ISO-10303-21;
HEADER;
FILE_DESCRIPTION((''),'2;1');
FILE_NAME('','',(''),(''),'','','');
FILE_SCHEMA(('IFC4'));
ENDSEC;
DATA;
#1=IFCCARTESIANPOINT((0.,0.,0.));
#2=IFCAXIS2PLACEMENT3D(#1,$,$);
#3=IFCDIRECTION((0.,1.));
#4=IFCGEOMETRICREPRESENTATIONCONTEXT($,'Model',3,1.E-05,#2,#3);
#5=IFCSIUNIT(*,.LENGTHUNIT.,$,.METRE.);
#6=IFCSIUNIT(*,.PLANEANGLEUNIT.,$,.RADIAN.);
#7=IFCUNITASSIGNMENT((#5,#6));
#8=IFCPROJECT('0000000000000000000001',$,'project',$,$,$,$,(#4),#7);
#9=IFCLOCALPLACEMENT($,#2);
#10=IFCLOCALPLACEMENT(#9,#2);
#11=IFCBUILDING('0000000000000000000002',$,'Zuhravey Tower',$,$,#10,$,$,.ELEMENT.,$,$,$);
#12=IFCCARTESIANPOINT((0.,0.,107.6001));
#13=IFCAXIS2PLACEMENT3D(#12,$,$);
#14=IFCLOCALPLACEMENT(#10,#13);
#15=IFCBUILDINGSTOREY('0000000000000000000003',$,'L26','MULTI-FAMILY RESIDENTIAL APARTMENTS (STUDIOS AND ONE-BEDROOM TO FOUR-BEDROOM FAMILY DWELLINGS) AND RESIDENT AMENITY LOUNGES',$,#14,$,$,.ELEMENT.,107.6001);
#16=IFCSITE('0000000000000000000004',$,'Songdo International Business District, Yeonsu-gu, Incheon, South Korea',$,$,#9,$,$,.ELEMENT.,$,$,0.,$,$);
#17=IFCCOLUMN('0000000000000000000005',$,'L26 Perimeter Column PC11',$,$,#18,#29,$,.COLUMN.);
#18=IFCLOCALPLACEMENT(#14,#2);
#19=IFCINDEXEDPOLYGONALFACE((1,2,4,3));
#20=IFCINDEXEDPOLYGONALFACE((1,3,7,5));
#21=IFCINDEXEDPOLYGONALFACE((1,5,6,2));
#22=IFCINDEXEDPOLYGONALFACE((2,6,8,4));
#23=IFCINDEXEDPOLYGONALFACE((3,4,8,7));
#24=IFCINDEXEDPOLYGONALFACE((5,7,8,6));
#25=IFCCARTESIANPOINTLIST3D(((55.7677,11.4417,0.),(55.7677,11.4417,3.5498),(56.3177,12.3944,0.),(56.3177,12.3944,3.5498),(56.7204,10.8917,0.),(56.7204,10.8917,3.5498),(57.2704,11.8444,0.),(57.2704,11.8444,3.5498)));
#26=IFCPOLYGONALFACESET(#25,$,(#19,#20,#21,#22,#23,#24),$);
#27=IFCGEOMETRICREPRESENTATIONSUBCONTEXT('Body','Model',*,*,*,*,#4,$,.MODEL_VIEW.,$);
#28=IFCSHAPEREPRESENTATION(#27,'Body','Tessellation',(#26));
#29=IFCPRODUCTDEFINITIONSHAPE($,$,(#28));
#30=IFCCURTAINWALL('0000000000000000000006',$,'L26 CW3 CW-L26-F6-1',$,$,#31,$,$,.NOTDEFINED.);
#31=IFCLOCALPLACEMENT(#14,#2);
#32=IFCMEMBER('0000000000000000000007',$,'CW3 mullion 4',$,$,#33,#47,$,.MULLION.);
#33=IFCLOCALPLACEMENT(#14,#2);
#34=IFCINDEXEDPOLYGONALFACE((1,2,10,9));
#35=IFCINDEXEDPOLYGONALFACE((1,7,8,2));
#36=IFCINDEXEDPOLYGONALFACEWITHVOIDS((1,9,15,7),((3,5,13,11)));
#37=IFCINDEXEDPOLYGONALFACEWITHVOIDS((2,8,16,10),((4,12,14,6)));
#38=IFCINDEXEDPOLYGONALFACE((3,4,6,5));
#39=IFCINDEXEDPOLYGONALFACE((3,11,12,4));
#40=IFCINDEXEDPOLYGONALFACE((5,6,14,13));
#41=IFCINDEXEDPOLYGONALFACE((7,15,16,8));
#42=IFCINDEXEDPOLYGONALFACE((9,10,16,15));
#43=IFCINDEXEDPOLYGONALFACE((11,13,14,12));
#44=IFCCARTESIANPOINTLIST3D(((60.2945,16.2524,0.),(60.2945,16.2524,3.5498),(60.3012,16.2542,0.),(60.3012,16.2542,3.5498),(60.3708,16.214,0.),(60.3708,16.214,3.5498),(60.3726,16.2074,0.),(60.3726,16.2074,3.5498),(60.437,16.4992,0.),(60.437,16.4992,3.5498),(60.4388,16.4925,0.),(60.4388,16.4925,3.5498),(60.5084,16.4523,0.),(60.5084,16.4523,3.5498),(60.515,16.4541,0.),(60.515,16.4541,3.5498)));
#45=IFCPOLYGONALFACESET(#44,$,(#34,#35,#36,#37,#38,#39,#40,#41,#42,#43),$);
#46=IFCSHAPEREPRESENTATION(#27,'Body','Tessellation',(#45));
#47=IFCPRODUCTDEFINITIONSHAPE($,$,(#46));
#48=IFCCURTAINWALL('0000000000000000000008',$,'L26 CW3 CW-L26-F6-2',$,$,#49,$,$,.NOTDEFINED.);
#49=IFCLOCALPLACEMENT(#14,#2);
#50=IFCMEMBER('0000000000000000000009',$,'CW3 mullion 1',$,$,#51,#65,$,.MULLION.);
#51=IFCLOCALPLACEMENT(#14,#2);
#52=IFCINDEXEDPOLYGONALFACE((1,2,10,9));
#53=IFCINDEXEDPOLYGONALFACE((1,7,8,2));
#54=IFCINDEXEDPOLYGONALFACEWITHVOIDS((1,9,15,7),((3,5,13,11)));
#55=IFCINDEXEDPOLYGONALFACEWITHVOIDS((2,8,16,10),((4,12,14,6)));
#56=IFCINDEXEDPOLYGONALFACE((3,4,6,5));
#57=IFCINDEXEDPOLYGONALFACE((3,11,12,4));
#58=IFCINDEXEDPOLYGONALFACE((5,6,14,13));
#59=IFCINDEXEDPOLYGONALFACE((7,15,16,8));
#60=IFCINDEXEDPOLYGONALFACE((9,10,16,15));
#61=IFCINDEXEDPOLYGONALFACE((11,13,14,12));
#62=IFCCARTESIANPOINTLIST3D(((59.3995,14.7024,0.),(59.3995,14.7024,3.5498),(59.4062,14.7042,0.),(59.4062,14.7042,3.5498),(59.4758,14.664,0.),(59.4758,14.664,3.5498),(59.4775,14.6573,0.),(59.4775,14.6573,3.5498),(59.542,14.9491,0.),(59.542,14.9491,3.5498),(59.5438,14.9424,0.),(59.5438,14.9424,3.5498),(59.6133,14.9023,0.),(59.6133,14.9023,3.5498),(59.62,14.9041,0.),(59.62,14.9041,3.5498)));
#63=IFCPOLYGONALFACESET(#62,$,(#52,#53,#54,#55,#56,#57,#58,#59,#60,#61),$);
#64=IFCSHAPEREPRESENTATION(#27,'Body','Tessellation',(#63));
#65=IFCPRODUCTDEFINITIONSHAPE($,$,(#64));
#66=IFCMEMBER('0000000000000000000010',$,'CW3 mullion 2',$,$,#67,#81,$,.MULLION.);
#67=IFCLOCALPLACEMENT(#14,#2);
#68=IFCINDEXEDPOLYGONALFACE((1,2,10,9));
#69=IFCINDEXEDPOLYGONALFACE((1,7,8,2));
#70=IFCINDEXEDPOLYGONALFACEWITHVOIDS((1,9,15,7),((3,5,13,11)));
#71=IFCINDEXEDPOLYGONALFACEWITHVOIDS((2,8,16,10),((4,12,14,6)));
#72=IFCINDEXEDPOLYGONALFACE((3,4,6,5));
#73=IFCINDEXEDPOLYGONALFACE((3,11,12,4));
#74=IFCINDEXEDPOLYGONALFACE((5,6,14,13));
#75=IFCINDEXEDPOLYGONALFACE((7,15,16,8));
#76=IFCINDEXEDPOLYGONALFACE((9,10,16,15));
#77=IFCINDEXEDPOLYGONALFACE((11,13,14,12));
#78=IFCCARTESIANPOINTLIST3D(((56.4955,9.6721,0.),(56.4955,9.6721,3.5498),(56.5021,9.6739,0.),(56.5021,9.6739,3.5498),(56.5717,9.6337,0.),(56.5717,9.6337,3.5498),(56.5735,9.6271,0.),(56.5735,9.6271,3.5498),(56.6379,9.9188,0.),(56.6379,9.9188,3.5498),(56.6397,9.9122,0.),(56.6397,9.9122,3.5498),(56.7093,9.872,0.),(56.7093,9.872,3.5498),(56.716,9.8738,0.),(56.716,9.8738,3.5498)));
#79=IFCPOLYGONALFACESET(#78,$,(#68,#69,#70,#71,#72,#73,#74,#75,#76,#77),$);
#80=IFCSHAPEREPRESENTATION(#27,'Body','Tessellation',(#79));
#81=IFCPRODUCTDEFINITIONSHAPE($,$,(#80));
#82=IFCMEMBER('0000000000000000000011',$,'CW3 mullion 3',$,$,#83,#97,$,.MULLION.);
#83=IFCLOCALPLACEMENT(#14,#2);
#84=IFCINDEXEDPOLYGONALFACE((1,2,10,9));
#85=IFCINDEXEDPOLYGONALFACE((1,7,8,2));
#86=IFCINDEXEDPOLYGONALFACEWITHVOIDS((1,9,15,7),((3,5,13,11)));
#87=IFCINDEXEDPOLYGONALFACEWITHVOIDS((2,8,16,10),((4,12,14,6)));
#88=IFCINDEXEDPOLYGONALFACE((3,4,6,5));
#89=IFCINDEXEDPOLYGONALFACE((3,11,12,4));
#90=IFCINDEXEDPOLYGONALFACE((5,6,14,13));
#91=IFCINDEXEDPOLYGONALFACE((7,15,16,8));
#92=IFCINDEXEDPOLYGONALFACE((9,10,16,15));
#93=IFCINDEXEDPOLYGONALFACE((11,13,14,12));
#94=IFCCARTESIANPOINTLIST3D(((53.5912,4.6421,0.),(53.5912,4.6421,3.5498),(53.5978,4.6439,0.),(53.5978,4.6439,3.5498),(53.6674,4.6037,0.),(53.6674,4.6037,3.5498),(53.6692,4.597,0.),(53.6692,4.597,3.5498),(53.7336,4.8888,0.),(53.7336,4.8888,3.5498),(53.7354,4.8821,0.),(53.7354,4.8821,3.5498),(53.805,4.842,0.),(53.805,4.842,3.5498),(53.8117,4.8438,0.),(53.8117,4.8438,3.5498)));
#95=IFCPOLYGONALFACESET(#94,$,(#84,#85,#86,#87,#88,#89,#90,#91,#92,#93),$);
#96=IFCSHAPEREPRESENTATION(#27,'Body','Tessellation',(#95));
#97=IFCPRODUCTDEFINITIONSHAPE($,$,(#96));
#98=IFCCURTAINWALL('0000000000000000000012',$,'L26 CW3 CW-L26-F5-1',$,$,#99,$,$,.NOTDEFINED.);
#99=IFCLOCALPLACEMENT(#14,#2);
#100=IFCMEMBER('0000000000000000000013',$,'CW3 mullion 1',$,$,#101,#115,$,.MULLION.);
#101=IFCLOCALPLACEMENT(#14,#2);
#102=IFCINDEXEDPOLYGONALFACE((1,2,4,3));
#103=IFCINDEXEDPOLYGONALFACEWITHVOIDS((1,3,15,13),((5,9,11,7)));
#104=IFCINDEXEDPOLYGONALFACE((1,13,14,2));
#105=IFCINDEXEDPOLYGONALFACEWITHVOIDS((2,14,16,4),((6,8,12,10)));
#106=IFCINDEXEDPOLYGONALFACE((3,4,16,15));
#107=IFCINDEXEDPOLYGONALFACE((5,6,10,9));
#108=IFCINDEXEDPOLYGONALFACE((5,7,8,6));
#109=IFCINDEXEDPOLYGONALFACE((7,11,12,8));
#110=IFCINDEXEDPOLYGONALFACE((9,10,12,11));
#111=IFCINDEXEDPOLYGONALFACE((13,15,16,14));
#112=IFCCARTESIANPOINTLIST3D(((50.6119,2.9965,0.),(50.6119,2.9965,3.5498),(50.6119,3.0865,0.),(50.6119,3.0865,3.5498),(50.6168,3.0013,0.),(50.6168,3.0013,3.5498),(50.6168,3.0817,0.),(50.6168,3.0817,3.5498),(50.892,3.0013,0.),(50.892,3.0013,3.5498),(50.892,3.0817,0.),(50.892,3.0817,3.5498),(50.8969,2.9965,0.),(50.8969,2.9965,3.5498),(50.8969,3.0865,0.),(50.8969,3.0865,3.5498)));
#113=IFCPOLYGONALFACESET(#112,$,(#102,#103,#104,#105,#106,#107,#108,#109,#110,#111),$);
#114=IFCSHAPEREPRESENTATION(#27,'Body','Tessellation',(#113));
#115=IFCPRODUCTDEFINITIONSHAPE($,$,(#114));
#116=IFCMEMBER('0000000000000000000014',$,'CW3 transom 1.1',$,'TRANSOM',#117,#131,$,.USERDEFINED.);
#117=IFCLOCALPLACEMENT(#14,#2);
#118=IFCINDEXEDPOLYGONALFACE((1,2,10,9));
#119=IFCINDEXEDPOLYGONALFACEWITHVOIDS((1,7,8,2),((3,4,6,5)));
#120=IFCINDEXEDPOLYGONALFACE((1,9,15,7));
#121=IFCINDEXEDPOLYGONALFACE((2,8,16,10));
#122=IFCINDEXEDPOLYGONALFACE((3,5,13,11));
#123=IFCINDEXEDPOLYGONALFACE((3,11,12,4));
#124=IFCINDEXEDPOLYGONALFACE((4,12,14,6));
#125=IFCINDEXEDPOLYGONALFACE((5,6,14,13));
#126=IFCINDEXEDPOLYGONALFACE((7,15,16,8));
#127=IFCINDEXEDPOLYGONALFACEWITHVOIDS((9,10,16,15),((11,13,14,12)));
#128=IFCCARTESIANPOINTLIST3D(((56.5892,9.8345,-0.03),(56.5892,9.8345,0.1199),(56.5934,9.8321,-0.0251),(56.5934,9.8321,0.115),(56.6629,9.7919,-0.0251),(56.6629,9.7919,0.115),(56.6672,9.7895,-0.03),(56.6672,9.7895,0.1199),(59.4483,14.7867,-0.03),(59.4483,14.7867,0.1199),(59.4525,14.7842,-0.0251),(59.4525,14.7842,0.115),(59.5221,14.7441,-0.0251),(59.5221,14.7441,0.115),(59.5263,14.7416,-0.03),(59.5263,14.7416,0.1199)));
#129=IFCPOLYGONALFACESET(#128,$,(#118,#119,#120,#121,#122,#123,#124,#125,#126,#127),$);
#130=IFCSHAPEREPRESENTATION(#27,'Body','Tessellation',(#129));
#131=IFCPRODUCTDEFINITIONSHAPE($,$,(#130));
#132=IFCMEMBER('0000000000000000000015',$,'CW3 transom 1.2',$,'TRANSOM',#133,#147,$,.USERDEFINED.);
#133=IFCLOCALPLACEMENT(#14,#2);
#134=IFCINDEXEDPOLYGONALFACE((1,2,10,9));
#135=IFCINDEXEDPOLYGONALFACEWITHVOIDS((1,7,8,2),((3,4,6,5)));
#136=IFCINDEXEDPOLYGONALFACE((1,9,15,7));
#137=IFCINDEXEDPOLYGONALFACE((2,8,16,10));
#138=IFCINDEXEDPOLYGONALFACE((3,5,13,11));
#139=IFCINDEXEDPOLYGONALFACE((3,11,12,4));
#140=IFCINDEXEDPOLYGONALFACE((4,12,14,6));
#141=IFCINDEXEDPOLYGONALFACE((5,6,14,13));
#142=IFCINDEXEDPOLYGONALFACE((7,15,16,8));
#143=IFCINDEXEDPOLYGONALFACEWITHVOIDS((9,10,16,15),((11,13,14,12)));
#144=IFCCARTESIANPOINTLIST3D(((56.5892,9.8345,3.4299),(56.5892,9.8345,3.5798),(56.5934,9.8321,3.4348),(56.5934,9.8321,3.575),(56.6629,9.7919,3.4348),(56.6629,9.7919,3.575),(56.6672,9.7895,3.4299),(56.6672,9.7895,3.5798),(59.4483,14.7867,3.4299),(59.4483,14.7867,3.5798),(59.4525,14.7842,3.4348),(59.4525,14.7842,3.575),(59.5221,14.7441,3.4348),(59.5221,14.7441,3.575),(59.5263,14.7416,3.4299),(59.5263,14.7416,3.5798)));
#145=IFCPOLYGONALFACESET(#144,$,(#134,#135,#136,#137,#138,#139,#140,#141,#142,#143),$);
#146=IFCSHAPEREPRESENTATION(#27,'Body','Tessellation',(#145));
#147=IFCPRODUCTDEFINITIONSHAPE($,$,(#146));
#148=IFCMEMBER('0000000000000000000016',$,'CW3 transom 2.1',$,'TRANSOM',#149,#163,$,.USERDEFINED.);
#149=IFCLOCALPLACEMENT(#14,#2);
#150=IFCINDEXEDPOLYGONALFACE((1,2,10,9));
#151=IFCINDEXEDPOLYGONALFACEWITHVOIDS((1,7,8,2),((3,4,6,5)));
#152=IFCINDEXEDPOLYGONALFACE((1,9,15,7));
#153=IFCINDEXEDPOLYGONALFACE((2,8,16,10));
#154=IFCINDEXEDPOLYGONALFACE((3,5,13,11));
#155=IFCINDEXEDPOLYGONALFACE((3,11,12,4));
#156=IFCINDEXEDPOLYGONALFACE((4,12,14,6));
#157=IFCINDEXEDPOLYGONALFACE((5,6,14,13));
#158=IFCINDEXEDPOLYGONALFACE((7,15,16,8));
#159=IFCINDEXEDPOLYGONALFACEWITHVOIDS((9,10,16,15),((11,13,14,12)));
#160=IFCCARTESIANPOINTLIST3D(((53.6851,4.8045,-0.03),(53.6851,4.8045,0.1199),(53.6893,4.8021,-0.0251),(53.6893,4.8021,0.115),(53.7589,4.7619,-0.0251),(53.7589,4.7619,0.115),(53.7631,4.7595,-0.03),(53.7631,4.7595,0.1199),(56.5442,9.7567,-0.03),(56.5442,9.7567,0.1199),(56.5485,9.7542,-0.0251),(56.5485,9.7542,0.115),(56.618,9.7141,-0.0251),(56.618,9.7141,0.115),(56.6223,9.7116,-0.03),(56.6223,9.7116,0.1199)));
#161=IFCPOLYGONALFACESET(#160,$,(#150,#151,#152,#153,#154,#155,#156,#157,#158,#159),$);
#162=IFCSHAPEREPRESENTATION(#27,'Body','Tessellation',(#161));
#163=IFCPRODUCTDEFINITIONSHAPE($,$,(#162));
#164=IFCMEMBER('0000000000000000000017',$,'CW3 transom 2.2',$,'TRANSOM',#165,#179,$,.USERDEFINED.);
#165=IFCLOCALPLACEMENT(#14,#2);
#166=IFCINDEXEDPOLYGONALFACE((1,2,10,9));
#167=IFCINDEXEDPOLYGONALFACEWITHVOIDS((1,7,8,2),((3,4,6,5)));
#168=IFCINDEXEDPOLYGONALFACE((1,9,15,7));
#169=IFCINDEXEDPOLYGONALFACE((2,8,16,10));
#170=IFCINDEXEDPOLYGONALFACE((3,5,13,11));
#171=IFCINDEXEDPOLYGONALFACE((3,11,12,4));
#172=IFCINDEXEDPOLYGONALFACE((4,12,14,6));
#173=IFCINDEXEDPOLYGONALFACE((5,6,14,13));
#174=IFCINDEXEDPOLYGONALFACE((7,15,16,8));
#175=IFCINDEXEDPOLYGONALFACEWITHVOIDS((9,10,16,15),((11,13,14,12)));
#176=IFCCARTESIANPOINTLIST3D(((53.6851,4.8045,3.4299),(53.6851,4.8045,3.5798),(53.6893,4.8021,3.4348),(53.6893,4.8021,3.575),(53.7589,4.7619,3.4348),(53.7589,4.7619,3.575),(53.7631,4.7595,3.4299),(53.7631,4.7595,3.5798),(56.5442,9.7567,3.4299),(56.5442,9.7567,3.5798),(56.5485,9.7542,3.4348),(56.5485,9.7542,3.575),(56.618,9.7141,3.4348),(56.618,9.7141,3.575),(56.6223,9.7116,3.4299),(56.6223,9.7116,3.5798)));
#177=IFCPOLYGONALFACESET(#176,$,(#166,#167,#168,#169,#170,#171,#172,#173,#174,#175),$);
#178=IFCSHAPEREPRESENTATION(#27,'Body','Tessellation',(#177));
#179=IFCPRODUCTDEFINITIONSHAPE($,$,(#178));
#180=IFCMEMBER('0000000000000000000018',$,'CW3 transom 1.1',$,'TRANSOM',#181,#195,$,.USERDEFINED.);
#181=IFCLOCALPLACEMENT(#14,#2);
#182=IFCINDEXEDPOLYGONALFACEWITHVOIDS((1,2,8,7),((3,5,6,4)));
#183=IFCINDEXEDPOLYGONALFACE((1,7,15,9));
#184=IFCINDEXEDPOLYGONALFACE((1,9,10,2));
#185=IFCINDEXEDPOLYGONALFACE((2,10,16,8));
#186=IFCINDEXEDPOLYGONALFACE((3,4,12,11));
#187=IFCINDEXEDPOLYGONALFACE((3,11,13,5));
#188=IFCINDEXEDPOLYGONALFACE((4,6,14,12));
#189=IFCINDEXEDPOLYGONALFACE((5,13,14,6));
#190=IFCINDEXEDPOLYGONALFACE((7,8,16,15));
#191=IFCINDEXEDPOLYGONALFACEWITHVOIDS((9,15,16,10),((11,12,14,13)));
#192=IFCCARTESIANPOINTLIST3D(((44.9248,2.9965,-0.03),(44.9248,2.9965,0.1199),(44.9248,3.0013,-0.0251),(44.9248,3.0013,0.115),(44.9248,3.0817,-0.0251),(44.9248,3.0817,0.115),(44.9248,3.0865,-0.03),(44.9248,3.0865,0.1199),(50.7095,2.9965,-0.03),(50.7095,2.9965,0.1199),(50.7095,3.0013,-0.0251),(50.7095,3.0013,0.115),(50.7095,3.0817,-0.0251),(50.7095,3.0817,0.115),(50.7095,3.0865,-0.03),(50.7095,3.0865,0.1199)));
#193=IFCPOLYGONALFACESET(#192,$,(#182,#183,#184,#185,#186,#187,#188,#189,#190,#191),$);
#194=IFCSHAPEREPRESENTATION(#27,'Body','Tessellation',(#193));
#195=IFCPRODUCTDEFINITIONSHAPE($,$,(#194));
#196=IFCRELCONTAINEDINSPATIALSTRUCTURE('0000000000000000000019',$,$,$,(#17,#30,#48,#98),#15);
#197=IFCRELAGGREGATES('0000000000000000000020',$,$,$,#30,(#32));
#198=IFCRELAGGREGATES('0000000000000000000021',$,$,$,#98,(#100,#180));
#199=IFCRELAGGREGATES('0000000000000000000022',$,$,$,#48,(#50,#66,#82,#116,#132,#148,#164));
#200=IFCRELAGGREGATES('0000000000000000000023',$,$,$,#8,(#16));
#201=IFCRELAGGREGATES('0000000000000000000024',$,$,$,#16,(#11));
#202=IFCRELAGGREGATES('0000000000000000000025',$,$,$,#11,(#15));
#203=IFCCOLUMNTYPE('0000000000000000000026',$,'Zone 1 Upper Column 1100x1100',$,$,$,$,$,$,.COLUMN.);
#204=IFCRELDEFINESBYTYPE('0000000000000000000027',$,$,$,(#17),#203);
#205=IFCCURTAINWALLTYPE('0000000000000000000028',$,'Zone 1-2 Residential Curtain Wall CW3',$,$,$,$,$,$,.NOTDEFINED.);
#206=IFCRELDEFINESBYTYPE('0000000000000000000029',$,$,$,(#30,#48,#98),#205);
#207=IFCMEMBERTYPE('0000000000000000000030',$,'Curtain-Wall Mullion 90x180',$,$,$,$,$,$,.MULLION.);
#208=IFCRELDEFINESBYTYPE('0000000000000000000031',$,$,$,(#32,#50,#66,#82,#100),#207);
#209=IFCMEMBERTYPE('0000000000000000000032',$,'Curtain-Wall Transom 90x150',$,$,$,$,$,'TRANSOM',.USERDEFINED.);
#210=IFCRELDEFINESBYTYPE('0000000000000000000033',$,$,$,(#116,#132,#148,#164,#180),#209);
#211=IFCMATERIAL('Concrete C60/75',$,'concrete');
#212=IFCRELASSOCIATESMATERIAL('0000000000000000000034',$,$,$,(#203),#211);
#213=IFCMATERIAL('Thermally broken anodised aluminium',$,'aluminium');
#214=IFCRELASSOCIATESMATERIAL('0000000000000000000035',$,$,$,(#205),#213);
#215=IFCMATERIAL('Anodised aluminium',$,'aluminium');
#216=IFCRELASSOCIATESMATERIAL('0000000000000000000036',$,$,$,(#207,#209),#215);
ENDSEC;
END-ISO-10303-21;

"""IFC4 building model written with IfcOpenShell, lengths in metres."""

from ifc_helpers import new_model, si_unit, direction, frame, origin, origin_2d, place, context, subcontext, project, spatial, rectangle, hollow_rectangle, extrude, material, material_profile, profile_set, type_object, element, aggregate, save


model = new_model("IFC4")

# Units and contexts
model_context = context("Model", 3, precision=1e-05, world=origin(), true_north=direction((0.0, 1.0)))
body_context = subcontext(model_context, "Body", "Model", "MODEL_VIEW")
ifc_project = project(units=[si_unit("LENGTHUNIT", "METRE"), si_unit("PLANEANGLEUNIT", "RADIAN")], contexts=[model_context])

# Site, building, storey
site_placement = place(None, origin())
site = spatial("IfcSite", under=ifc_project, at=site_placement, Name="Songdo International Business District, Yeonsu-gu, Incheon, South Korea", CompositionType="ELEMENT", RefElevation=0.0)
building_placement = place(site_placement, origin())
building = spatial("IfcBuilding", under=site, at=building_placement, Name="Zuhravey Tower", CompositionType="ELEMENT")
storey_placement = place(building_placement, frame((0.0, 0.0, 107.6001)))
storey = spatial("IfcBuildingStorey", under=building, at=storey_placement, Name="L26", Description="MULTI-FAMILY RESIDENTIAL APARTMENTS (STUDIOS AND ONE-BEDROOM TO FOUR-BEDROOM FAMILY DWELLINGS) AND RESIDENT AMENITY LOUNGES", CompositionType="ELEMENT", Elevation=107.6001)

# Column
ifc_material_1 = material(Name="Concrete C60/75", Category="concrete")
ifc_material_profile_1 = material_profile(ifc_material_1, rectangle(XDim=1.1001, YDim=1.1001, at=origin_2d()), Name="RC-1100x1100")
ifc_profile_set_1 = profile_set([ifc_material_profile_1], Name="Concrete C60/75")
column_type = type_object("IfcColumnType", Name="Zone 1 Upper Column 1100x1100", PredefinedType="COLUMN", material=ifc_profile_set_1)
column_placement = place(storey_placement, frame((56.519, 11.6431, 0.0), z_axis=(0.0, 0.0, 1.0), x_axis=(0.5, 0.866025, 0.0)))
element("IfcColumn", 1, at=column_placement, inside=storey, type_object=column_type, Name="L26 Perimeter Column PC11", PredefinedType="COLUMN", context=body_context, shape_type="SweptSolid", body=[
    extrude(rectangle(XDim=1.1001, YDim=1.1001, at=origin_2d()), origin(), (0.0, 0.0, 1.0), 3.5498),
])

# Curtain wall, member
ifc_material_2 = material(Name="Thermally broken anodised aluminium", Category="aluminium")
curtain_wall_type = type_object("IfcCurtainWallType", Name="Zone 1-2 Residential Curtain Wall CW3", PredefinedType="NOTDEFINED", material=ifc_material_2)
curtain_wall_1_placement = place(storey_placement, origin())
curtain_wall_1 = element("IfcCurtainWall", 2, at=curtain_wall_1_placement, inside=storey, type_object=curtain_wall_type, Name="L26 CW3 CW-L26-F6-1", PredefinedType="NOTDEFINED")
ifc_material_3 = material(Name="Anodised aluminium", Category="aluminium")
ifc_material_profile_2 = material_profile(ifc_material_3, hollow_rectangle(XDim=0.0901, YDim=0.2849, WallThickness=0.0049, at=origin_2d()), Name="ALU-RHS-90x285x5")
ifc_profile_set_2 = profile_set([ifc_material_profile_2], Name="Anodised aluminium")
member_type_1 = type_object("IfcMemberType", Name="Curtain-Wall Mullion 90x180", PredefinedType="MULLION", material=ifc_profile_set_2)
member_1_placement = place(storey_placement, frame((60.4048, 16.3533, 0.0), z_axis=(0.0, 0.0, 1.0), x_axis=(0.866026, -0.499998, 0.0)))
member_1 = element("IfcMember", 3, at=member_1_placement, type_object=member_type_1, Name="CW3 mullion 4", PredefinedType="MULLION", context=body_context, shape_type="SweptSolid", body=[
    extrude(hollow_rectangle(XDim=0.0901, YDim=0.2849, WallThickness=0.0049, at=origin_2d()), origin(), (0.0, 0.0, 1.0), 3.5498),
])
aggregate(curtain_wall_1, [member_1])

# Curtain wall, members
curtain_wall_2_placement = place(storey_placement, origin())
curtain_wall_2 = element("IfcCurtainWall", 4, at=curtain_wall_2_placement, inside=storey, type_object=curtain_wall_type, Name="L26 CW3 CW-L26-F6-2", PredefinedType="NOTDEFINED")
member_2_placement = place(storey_placement, frame((59.5098, 14.8032, 0.0), z_axis=(0.0, 0.0, 1.0), x_axis=(0.866023, -0.500004, 0.0)))
member_2 = element("IfcMember", 5, at=member_2_placement, type_object=member_type_1, Name="CW3 mullion 1", PredefinedType="MULLION", context=body_context, shape_type="SweptSolid", body=[
    extrude(hollow_rectangle(XDim=0.0901, YDim=0.2849, WallThickness=0.0049, at=origin_2d()), origin(), (0.0, 0.0, 1.0), 3.5498),
])
member_3_placement = place(storey_placement, frame((56.6057, 9.7729, 0.0), z_axis=(0.0, 0.0, 1.0), x_axis=(0.866023, -0.500004, 0.0)))
member_3 = element("IfcMember", 6, at=member_3_placement, type_object=member_type_1, Name="CW3 mullion 2", PredefinedType="MULLION", context=body_context, shape_type="SweptSolid", body=[
    extrude(hollow_rectangle(XDim=0.0901, YDim=0.2849, WallThickness=0.0049, at=origin_2d()), origin(), (0.0, 0.0, 1.0), 3.5498),
])
member_4_placement = place(storey_placement, frame((53.7014, 4.7429, 0.0), z_axis=(0.0, 0.0, 1.0), x_axis=(0.866023, -0.500004, 0.0)))
member_4 = element("IfcMember", 7, at=member_4_placement, type_object=member_type_1, Name="CW3 mullion 3", PredefinedType="MULLION", context=body_context, shape_type="SweptSolid", body=[
    extrude(hollow_rectangle(XDim=0.0901, YDim=0.2849, WallThickness=0.0049, at=origin_2d()), origin(), (0.0, 0.0, 1.0), 3.5498),
])

# Curtain wall, member
curtain_wall_3_placement = place(storey_placement, origin())
curtain_wall_3 = element("IfcCurtainWall", 8, at=curtain_wall_3_placement, inside=storey, type_object=curtain_wall_type, Name="L26 CW3 CW-L26-F5-1", PredefinedType="NOTDEFINED")
member_5_placement = place(storey_placement, frame((50.7544, 3.0415, 0.0), z_axis=(0.0, 0.0, 1.0), x_axis=(0.0, -1.0, 0.0)))
member_5 = element("IfcMember", 9, at=member_5_placement, type_object=member_type_1, Name="CW3 mullion 1", PredefinedType="MULLION", context=body_context, shape_type="SweptSolid", body=[
    extrude(hollow_rectangle(XDim=0.0901, YDim=0.2849, WallThickness=0.0049, at=origin_2d()), origin(), (0.0, 0.0, 1.0), 3.5498),
])

# Members
ifc_material_profile_3 = material_profile(ifc_material_3, hollow_rectangle(XDim=0.0901, YDim=0.1499, WallThickness=0.0049, at=origin_2d()), Name="ALU-RHS-90x150x5")
ifc_profile_set_3 = profile_set([ifc_material_profile_3], Name="Anodised aluminium")
member_type_2 = type_object("IfcMemberType", Name="Curtain-Wall Transom 90x150", ElementType="TRANSOM", PredefinedType="USERDEFINED", material=ifc_profile_set_3)
member_6_placement = place(storey_placement, frame((59.4873, 14.7642, 0.0449), z_axis=(-0.500001, -0.866025, 0.0), x_axis=(0.866025, -0.500001, 0.0)))
member_6 = element("IfcMember", 10, at=member_6_placement, type_object=member_type_2, Name="CW3 transom 1.1", ObjectType="TRANSOM", PredefinedType="USERDEFINED", context=body_context, shape_type="SweptSolid", body=[
    extrude(hollow_rectangle(XDim=0.0901, YDim=0.1499, WallThickness=0.0049, at=origin_2d()), origin(), (0.0, 0.0, 1.0), 5.7183),
])
member_7_placement = place(storey_placement, frame((59.4873, 14.7642, 3.5049), z_axis=(-0.500001, -0.866025, 0.0), x_axis=(0.866025, -0.500001, 0.0)))
member_7 = element("IfcMember", 11, at=member_7_placement, type_object=member_type_2, Name="CW3 transom 1.2", ObjectType="TRANSOM", PredefinedType="USERDEFINED", context=body_context, shape_type="SweptSolid", body=[
    extrude(hollow_rectangle(XDim=0.0901, YDim=0.1499, WallThickness=0.0049, at=origin_2d()), origin(), (0.0, 0.0, 1.0), 5.7183),
])
member_8_placement = place(storey_placement, frame((56.5833, 9.7341, 0.0449), z_axis=(-0.500001, -0.866025, 0.0), x_axis=(0.866025, -0.500001, 0.0)))
member_8 = element("IfcMember", 12, at=member_8_placement, type_object=member_type_2, Name="CW3 transom 2.1", ObjectType="TRANSOM", PredefinedType="USERDEFINED", context=body_context, shape_type="SweptSolid", body=[
    extrude(hollow_rectangle(XDim=0.0901, YDim=0.1499, WallThickness=0.0049, at=origin_2d()), origin(), (0.0, 0.0, 1.0), 5.7183),
])
member_9_placement = place(storey_placement, frame((56.5833, 9.7341, 3.5049), z_axis=(-0.500001, -0.866025, 0.0), x_axis=(0.866025, -0.500001, 0.0)))
member_9 = element("IfcMember", 13, at=member_9_placement, type_object=member_type_2, Name="CW3 transom 2.2", ObjectType="TRANSOM", PredefinedType="USERDEFINED", context=body_context, shape_type="SweptSolid", body=[
    extrude(hollow_rectangle(XDim=0.0901, YDim=0.1499, WallThickness=0.0049, at=origin_2d()), origin(), (0.0, 0.0, 1.0), 5.7183),
])
member_10_placement = place(storey_placement, frame((50.7095, 3.0415, 0.0449), z_axis=(-1.0, 0.0, 0.0), x_axis=(0.0, -1.0, 0.0)))
member_10 = element("IfcMember", 14, at=member_10_placement, type_object=member_type_2, Name="CW3 transom 1.1", ObjectType="TRANSOM", PredefinedType="USERDEFINED", context=body_context, shape_type="SweptSolid", body=[
    extrude(hollow_rectangle(XDim=0.0901, YDim=0.1499, WallThickness=0.0049, at=origin_2d()), origin(), (0.0, 0.0, 1.0), 5.7847),
])
aggregate(curtain_wall_3, [member_5, member_10])

aggregate(curtain_wall_2, [member_2, member_3, member_4, member_6, member_7, member_8, member_9])

save(model, "model.ifc")
